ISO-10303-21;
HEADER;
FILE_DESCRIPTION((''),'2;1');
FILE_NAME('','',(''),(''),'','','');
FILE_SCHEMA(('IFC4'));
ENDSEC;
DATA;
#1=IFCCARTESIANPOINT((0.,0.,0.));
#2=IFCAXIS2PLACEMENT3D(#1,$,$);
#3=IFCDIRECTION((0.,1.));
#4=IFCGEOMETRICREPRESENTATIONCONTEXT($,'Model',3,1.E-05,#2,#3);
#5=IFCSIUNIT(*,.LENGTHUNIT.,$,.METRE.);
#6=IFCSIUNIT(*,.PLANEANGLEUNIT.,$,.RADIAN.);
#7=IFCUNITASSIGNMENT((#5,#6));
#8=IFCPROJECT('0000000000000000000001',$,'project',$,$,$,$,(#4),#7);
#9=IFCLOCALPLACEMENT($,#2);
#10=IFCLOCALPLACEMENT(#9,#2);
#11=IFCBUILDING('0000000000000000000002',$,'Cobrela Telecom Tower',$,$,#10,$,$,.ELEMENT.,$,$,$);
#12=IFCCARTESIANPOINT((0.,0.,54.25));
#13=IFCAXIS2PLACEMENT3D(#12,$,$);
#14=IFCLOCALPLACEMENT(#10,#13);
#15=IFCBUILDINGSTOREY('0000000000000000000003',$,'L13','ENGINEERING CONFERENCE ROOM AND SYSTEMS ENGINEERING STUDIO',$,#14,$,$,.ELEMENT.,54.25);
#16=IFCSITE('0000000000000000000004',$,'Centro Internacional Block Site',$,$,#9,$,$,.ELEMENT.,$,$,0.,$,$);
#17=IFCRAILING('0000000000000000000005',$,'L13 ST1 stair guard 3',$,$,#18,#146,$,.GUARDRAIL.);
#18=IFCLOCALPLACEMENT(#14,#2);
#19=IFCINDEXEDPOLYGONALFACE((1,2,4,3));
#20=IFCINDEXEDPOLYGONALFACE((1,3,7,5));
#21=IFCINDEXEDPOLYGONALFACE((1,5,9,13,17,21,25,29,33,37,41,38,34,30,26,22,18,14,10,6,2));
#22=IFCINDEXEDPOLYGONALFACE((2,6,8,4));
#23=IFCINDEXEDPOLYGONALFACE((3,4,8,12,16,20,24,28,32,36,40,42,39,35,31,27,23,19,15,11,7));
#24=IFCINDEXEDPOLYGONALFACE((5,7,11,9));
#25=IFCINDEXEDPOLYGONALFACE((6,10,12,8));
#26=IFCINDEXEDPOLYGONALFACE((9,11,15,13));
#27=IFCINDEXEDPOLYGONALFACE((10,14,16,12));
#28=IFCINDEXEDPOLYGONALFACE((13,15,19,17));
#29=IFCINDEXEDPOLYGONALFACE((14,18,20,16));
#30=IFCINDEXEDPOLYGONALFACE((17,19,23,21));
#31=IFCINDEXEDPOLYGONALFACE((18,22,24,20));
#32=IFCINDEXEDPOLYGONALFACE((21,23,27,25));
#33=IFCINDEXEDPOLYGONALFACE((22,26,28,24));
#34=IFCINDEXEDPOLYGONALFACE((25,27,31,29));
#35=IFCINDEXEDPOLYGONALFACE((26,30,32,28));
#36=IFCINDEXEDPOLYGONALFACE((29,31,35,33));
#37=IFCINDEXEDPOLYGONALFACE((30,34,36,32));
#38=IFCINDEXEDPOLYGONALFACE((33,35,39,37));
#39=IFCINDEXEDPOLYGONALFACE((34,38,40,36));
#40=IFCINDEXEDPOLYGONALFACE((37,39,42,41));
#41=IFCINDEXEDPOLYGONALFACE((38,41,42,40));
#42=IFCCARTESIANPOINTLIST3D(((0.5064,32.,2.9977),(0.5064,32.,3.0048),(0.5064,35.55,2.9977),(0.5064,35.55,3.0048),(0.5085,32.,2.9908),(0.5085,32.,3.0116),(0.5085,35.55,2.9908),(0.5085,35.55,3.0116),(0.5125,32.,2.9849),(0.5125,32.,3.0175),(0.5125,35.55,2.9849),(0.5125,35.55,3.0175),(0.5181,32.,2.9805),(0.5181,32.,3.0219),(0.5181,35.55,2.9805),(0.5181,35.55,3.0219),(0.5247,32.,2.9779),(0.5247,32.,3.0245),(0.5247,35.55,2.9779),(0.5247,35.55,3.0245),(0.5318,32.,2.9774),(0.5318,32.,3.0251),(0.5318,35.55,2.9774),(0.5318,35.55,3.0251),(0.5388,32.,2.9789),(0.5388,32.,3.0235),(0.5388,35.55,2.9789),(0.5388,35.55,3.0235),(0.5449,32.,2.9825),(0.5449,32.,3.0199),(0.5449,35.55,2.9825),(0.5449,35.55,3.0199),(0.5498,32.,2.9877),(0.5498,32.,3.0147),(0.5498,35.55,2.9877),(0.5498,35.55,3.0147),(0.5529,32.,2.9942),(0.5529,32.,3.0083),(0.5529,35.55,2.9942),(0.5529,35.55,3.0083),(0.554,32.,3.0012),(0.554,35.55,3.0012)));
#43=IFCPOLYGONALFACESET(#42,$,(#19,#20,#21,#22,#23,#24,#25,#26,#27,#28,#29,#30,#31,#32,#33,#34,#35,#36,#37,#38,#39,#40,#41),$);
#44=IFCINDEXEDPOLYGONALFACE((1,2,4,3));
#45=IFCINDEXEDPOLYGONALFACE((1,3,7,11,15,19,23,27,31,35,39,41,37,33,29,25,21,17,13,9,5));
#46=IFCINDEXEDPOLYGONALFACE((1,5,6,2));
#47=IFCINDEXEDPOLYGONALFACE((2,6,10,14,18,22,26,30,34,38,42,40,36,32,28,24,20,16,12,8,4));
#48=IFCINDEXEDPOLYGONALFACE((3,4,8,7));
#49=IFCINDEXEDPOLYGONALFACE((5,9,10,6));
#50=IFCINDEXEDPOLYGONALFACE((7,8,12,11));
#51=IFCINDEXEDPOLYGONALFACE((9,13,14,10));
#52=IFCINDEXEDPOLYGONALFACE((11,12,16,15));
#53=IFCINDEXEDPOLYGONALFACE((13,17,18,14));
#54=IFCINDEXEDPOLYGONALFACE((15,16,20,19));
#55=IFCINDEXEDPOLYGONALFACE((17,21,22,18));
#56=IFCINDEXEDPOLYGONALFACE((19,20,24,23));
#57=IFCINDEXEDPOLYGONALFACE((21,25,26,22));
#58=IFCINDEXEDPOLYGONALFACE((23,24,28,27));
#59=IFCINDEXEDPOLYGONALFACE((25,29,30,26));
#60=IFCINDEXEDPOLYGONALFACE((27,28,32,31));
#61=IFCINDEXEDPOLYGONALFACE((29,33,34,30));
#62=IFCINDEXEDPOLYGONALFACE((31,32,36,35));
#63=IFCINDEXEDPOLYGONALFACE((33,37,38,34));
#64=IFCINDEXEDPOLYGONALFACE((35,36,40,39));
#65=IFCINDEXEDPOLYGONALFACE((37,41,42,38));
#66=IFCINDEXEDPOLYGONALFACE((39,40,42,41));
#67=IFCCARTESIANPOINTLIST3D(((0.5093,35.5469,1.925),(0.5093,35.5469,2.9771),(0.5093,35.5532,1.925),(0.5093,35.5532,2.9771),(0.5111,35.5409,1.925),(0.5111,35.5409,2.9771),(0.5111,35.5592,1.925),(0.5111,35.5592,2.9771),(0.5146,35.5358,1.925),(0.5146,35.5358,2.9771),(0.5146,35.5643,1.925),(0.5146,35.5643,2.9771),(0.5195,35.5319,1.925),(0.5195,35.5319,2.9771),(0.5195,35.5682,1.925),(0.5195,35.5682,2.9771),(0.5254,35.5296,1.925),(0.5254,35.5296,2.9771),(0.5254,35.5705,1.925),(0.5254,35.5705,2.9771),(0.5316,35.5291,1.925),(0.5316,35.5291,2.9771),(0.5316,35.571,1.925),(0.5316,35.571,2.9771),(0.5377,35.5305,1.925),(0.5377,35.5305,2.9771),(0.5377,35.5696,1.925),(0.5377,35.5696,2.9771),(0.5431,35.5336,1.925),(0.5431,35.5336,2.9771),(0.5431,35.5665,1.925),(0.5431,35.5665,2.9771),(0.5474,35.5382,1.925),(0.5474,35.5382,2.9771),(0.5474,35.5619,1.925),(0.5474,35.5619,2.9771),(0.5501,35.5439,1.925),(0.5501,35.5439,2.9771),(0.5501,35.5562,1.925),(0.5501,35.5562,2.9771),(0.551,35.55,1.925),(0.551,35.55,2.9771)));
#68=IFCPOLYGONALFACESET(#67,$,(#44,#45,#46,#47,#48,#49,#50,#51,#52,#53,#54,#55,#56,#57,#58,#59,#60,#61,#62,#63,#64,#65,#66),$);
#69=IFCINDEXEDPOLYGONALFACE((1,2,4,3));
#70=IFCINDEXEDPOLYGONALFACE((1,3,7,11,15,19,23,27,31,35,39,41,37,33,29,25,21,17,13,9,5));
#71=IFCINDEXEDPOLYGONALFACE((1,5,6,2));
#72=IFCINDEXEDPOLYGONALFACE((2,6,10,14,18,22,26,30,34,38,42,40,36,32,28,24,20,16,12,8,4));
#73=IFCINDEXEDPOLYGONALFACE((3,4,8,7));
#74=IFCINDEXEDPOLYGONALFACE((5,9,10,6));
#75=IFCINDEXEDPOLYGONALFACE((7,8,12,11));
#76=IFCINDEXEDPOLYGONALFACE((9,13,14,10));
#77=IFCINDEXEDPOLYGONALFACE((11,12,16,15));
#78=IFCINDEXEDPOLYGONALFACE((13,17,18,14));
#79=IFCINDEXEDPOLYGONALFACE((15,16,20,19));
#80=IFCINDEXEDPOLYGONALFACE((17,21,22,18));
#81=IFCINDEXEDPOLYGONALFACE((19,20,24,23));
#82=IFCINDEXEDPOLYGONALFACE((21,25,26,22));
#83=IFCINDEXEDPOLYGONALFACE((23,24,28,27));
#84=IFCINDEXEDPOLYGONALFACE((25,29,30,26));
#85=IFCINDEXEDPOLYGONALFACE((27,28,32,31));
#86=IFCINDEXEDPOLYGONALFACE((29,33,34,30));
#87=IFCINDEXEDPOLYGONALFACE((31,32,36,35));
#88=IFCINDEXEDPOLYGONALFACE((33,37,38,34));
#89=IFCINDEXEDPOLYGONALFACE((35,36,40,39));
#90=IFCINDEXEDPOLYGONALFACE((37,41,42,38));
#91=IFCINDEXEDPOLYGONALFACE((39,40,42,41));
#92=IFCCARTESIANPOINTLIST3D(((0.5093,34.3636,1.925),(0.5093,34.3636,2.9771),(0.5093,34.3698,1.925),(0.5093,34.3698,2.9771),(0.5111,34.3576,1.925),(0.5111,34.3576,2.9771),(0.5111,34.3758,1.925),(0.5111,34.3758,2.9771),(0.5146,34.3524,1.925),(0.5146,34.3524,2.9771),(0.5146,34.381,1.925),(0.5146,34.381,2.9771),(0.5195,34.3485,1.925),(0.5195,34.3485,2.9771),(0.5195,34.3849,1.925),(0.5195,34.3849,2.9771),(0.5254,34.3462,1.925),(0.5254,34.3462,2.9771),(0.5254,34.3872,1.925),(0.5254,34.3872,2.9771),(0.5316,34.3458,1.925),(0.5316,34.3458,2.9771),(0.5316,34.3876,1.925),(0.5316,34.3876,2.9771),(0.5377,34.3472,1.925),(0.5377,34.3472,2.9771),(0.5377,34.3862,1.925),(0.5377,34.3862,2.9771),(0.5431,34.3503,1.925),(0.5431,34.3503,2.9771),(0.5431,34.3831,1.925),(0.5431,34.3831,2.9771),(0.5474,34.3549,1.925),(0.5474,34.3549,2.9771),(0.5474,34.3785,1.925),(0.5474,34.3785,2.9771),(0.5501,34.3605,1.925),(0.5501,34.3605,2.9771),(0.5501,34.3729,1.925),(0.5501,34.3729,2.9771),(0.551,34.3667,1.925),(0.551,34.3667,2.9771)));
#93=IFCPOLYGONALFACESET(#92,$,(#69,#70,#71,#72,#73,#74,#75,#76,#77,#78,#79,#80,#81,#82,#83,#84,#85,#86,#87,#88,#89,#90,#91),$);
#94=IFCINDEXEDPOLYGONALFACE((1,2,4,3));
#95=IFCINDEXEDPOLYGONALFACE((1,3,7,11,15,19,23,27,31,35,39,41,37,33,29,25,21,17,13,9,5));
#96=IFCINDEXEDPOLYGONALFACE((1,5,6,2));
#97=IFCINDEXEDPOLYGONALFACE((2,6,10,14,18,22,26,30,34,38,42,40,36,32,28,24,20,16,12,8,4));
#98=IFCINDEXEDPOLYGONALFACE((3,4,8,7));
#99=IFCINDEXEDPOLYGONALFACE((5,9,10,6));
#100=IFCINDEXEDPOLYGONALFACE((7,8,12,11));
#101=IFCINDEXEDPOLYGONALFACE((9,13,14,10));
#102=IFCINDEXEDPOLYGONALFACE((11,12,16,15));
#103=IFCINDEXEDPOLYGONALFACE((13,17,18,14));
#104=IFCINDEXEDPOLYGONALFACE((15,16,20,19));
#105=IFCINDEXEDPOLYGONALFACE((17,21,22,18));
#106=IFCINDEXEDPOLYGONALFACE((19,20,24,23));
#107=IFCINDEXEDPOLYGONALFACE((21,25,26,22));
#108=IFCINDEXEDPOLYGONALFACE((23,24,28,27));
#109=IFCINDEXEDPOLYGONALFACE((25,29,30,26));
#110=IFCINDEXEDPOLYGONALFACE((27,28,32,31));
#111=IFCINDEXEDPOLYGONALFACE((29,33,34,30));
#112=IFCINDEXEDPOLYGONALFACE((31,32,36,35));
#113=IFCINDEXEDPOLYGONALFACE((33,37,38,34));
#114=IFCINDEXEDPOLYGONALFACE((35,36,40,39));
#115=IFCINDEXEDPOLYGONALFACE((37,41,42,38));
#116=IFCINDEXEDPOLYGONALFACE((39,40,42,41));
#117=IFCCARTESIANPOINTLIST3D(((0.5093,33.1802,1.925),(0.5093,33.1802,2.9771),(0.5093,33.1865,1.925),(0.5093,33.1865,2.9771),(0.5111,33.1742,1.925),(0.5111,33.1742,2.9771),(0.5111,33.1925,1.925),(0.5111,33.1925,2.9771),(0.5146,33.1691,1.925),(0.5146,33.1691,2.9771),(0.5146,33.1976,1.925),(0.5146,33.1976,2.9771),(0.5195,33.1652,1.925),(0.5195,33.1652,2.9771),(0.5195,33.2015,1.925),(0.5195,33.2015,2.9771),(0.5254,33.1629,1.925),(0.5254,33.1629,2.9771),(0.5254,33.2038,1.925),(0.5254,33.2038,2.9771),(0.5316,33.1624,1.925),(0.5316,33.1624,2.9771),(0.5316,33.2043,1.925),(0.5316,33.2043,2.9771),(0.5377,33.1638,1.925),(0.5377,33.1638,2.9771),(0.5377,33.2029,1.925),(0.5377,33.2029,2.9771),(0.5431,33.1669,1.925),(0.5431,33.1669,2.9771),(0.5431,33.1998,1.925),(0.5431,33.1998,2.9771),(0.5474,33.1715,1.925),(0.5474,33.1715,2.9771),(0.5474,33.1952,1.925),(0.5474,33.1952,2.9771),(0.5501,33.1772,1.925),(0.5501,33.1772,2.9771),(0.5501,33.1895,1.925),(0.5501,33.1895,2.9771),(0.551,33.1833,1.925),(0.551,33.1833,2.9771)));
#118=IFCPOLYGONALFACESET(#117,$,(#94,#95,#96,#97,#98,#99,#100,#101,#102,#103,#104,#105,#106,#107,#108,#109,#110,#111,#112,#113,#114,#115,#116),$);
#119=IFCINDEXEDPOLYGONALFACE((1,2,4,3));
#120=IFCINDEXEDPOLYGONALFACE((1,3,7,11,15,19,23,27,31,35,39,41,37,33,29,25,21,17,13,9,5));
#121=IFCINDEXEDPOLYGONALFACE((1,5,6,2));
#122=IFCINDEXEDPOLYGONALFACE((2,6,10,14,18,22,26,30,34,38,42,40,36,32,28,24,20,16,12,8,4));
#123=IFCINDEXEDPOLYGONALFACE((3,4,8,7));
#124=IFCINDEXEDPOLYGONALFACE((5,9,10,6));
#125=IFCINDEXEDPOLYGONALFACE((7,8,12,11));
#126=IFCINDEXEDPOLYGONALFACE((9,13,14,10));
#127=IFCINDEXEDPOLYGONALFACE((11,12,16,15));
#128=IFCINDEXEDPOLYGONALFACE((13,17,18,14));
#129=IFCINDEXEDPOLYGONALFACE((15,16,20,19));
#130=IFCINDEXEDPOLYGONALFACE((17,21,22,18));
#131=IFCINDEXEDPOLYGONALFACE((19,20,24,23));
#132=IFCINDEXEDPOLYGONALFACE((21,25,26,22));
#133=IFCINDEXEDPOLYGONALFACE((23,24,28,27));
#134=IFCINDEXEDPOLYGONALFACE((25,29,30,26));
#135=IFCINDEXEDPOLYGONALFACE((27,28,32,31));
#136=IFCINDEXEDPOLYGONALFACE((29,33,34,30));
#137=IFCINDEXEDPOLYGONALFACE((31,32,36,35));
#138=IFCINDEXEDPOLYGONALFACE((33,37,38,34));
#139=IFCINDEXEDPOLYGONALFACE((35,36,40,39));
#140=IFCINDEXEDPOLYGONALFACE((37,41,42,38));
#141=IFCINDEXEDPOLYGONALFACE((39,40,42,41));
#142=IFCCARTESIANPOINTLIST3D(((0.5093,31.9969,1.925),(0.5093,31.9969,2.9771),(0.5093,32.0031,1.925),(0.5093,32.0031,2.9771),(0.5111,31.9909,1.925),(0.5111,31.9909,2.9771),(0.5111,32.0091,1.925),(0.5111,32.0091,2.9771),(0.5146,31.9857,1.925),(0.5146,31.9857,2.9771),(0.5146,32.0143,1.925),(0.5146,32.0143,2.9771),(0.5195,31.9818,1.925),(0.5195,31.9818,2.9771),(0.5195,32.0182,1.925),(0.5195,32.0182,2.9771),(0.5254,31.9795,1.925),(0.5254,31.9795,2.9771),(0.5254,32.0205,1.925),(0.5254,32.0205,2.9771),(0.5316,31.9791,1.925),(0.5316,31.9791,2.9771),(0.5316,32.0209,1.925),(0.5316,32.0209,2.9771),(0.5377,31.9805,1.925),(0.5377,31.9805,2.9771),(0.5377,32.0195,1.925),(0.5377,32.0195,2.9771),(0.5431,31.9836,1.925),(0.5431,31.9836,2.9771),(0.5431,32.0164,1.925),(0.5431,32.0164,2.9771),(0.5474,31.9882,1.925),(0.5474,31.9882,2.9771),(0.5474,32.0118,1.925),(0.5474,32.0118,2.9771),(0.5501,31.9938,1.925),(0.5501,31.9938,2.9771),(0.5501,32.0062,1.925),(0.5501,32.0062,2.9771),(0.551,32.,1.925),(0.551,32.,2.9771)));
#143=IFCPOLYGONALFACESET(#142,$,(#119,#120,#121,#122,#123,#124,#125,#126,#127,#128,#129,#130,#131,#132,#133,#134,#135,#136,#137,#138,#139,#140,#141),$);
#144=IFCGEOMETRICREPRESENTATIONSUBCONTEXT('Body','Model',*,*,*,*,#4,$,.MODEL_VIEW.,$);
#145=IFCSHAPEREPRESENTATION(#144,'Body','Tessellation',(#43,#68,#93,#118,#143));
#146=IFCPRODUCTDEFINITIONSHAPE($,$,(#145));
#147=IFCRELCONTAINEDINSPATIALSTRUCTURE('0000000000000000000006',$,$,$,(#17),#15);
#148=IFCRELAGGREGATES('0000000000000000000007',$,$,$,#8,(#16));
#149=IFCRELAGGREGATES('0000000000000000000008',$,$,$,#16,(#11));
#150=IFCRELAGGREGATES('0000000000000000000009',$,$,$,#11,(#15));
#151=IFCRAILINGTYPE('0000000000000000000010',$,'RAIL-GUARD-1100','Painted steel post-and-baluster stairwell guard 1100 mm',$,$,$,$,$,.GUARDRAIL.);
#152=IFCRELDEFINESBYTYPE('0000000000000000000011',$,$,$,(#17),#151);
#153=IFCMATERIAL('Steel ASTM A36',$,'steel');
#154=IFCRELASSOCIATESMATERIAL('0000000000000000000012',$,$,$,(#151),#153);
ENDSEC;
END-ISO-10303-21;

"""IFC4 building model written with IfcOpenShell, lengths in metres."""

from ifc_helpers import new_model, si_unit, direction, frame, origin, origin_2d, place, context, subcontext, project, spatial, circle, extrude, material, type_object, element, save


model = new_model("IFC4")

# Units and contexts
model_context = context("Model", 3, precision=1e-05, world=origin(), true_north=direction((0.0, 1.0)))
body_context = subcontext(model_context, "Body", "Model", "MODEL_VIEW")
ifc_project = project(units=[si_unit("LENGTHUNIT", "METRE"), si_unit("PLANEANGLEUNIT", "RADIAN")], contexts=[model_context])

# Site, building, storey
site_placement = place(None, origin())
site = spatial("IfcSite", under=ifc_project, at=site_placement, Name="Centro Internacional Block Site", CompositionType="ELEMENT", RefElevation=0.0)
building_placement = place(site_placement, origin())
building = spatial("IfcBuilding", under=site, at=building_placement, Name="Cobrela Telecom Tower", CompositionType="ELEMENT")
storey_placement = place(building_placement, frame((0.0, 0.0, 54.25)))
storey = spatial("IfcBuildingStorey", under=building, at=storey_placement, Name="L13", Description="ENGINEERING CONFERENCE ROOM AND SYSTEMS ENGINEERING STUDIO", CompositionType="ELEMENT", Elevation=54.25)

# Shared definitions
ifc_material_1 = material(Name="Steel ASTM A36", Category="steel")

# Railing
railing_type_1 = type_object("IfcRailingType", Name="RAIL-GUARD-1100", Description="Painted steel post-and-baluster stairwell guard 1100 mm", PredefinedType="GUARDRAIL", material=ifc_material_1)
railing_1_placement = place(storey_placement, frame((0.53, 35.55, 1.925)))
element("IfcRailing", 1, at=railing_1_placement, inside=storey, type_object=railing_type_1, Name="L13 ST1 stair guard 3", PredefinedType="GUARDRAIL", context=body_context, shape_type="SweptSolid", body=[
    extrude(circle(Radius=0.0239, at=origin_2d()), frame((0.0, 0.0, 1.0762), z_axis=(0.0, -1.0, 0.0), x_axis=(1.0, 0.0, 0.0)), (0.0, 0.0, 1.0), 3.55),
    extrude(circle(Radius=0.021, at=origin_2d()), origin(), (0.0, 0.0, 1.0), 1.052),
    extrude(circle(Radius=0.021, at=origin_2d()), frame((0.0, -1.1833, 0.0)), (0.0, 0.0, 1.0), 1.052),
    extrude(circle(Radius=0.021, at=origin_2d()), frame((0.0, -2.3667, 0.0)), (0.0, 0.0, 1.0), 1.052),
    extrude(circle(Radius=0.021, at=origin_2d()), frame((0.0, -3.55, 0.0)), (0.0, 0.0, 1.0), 1.052),
])

save(model, "model.ifc")
